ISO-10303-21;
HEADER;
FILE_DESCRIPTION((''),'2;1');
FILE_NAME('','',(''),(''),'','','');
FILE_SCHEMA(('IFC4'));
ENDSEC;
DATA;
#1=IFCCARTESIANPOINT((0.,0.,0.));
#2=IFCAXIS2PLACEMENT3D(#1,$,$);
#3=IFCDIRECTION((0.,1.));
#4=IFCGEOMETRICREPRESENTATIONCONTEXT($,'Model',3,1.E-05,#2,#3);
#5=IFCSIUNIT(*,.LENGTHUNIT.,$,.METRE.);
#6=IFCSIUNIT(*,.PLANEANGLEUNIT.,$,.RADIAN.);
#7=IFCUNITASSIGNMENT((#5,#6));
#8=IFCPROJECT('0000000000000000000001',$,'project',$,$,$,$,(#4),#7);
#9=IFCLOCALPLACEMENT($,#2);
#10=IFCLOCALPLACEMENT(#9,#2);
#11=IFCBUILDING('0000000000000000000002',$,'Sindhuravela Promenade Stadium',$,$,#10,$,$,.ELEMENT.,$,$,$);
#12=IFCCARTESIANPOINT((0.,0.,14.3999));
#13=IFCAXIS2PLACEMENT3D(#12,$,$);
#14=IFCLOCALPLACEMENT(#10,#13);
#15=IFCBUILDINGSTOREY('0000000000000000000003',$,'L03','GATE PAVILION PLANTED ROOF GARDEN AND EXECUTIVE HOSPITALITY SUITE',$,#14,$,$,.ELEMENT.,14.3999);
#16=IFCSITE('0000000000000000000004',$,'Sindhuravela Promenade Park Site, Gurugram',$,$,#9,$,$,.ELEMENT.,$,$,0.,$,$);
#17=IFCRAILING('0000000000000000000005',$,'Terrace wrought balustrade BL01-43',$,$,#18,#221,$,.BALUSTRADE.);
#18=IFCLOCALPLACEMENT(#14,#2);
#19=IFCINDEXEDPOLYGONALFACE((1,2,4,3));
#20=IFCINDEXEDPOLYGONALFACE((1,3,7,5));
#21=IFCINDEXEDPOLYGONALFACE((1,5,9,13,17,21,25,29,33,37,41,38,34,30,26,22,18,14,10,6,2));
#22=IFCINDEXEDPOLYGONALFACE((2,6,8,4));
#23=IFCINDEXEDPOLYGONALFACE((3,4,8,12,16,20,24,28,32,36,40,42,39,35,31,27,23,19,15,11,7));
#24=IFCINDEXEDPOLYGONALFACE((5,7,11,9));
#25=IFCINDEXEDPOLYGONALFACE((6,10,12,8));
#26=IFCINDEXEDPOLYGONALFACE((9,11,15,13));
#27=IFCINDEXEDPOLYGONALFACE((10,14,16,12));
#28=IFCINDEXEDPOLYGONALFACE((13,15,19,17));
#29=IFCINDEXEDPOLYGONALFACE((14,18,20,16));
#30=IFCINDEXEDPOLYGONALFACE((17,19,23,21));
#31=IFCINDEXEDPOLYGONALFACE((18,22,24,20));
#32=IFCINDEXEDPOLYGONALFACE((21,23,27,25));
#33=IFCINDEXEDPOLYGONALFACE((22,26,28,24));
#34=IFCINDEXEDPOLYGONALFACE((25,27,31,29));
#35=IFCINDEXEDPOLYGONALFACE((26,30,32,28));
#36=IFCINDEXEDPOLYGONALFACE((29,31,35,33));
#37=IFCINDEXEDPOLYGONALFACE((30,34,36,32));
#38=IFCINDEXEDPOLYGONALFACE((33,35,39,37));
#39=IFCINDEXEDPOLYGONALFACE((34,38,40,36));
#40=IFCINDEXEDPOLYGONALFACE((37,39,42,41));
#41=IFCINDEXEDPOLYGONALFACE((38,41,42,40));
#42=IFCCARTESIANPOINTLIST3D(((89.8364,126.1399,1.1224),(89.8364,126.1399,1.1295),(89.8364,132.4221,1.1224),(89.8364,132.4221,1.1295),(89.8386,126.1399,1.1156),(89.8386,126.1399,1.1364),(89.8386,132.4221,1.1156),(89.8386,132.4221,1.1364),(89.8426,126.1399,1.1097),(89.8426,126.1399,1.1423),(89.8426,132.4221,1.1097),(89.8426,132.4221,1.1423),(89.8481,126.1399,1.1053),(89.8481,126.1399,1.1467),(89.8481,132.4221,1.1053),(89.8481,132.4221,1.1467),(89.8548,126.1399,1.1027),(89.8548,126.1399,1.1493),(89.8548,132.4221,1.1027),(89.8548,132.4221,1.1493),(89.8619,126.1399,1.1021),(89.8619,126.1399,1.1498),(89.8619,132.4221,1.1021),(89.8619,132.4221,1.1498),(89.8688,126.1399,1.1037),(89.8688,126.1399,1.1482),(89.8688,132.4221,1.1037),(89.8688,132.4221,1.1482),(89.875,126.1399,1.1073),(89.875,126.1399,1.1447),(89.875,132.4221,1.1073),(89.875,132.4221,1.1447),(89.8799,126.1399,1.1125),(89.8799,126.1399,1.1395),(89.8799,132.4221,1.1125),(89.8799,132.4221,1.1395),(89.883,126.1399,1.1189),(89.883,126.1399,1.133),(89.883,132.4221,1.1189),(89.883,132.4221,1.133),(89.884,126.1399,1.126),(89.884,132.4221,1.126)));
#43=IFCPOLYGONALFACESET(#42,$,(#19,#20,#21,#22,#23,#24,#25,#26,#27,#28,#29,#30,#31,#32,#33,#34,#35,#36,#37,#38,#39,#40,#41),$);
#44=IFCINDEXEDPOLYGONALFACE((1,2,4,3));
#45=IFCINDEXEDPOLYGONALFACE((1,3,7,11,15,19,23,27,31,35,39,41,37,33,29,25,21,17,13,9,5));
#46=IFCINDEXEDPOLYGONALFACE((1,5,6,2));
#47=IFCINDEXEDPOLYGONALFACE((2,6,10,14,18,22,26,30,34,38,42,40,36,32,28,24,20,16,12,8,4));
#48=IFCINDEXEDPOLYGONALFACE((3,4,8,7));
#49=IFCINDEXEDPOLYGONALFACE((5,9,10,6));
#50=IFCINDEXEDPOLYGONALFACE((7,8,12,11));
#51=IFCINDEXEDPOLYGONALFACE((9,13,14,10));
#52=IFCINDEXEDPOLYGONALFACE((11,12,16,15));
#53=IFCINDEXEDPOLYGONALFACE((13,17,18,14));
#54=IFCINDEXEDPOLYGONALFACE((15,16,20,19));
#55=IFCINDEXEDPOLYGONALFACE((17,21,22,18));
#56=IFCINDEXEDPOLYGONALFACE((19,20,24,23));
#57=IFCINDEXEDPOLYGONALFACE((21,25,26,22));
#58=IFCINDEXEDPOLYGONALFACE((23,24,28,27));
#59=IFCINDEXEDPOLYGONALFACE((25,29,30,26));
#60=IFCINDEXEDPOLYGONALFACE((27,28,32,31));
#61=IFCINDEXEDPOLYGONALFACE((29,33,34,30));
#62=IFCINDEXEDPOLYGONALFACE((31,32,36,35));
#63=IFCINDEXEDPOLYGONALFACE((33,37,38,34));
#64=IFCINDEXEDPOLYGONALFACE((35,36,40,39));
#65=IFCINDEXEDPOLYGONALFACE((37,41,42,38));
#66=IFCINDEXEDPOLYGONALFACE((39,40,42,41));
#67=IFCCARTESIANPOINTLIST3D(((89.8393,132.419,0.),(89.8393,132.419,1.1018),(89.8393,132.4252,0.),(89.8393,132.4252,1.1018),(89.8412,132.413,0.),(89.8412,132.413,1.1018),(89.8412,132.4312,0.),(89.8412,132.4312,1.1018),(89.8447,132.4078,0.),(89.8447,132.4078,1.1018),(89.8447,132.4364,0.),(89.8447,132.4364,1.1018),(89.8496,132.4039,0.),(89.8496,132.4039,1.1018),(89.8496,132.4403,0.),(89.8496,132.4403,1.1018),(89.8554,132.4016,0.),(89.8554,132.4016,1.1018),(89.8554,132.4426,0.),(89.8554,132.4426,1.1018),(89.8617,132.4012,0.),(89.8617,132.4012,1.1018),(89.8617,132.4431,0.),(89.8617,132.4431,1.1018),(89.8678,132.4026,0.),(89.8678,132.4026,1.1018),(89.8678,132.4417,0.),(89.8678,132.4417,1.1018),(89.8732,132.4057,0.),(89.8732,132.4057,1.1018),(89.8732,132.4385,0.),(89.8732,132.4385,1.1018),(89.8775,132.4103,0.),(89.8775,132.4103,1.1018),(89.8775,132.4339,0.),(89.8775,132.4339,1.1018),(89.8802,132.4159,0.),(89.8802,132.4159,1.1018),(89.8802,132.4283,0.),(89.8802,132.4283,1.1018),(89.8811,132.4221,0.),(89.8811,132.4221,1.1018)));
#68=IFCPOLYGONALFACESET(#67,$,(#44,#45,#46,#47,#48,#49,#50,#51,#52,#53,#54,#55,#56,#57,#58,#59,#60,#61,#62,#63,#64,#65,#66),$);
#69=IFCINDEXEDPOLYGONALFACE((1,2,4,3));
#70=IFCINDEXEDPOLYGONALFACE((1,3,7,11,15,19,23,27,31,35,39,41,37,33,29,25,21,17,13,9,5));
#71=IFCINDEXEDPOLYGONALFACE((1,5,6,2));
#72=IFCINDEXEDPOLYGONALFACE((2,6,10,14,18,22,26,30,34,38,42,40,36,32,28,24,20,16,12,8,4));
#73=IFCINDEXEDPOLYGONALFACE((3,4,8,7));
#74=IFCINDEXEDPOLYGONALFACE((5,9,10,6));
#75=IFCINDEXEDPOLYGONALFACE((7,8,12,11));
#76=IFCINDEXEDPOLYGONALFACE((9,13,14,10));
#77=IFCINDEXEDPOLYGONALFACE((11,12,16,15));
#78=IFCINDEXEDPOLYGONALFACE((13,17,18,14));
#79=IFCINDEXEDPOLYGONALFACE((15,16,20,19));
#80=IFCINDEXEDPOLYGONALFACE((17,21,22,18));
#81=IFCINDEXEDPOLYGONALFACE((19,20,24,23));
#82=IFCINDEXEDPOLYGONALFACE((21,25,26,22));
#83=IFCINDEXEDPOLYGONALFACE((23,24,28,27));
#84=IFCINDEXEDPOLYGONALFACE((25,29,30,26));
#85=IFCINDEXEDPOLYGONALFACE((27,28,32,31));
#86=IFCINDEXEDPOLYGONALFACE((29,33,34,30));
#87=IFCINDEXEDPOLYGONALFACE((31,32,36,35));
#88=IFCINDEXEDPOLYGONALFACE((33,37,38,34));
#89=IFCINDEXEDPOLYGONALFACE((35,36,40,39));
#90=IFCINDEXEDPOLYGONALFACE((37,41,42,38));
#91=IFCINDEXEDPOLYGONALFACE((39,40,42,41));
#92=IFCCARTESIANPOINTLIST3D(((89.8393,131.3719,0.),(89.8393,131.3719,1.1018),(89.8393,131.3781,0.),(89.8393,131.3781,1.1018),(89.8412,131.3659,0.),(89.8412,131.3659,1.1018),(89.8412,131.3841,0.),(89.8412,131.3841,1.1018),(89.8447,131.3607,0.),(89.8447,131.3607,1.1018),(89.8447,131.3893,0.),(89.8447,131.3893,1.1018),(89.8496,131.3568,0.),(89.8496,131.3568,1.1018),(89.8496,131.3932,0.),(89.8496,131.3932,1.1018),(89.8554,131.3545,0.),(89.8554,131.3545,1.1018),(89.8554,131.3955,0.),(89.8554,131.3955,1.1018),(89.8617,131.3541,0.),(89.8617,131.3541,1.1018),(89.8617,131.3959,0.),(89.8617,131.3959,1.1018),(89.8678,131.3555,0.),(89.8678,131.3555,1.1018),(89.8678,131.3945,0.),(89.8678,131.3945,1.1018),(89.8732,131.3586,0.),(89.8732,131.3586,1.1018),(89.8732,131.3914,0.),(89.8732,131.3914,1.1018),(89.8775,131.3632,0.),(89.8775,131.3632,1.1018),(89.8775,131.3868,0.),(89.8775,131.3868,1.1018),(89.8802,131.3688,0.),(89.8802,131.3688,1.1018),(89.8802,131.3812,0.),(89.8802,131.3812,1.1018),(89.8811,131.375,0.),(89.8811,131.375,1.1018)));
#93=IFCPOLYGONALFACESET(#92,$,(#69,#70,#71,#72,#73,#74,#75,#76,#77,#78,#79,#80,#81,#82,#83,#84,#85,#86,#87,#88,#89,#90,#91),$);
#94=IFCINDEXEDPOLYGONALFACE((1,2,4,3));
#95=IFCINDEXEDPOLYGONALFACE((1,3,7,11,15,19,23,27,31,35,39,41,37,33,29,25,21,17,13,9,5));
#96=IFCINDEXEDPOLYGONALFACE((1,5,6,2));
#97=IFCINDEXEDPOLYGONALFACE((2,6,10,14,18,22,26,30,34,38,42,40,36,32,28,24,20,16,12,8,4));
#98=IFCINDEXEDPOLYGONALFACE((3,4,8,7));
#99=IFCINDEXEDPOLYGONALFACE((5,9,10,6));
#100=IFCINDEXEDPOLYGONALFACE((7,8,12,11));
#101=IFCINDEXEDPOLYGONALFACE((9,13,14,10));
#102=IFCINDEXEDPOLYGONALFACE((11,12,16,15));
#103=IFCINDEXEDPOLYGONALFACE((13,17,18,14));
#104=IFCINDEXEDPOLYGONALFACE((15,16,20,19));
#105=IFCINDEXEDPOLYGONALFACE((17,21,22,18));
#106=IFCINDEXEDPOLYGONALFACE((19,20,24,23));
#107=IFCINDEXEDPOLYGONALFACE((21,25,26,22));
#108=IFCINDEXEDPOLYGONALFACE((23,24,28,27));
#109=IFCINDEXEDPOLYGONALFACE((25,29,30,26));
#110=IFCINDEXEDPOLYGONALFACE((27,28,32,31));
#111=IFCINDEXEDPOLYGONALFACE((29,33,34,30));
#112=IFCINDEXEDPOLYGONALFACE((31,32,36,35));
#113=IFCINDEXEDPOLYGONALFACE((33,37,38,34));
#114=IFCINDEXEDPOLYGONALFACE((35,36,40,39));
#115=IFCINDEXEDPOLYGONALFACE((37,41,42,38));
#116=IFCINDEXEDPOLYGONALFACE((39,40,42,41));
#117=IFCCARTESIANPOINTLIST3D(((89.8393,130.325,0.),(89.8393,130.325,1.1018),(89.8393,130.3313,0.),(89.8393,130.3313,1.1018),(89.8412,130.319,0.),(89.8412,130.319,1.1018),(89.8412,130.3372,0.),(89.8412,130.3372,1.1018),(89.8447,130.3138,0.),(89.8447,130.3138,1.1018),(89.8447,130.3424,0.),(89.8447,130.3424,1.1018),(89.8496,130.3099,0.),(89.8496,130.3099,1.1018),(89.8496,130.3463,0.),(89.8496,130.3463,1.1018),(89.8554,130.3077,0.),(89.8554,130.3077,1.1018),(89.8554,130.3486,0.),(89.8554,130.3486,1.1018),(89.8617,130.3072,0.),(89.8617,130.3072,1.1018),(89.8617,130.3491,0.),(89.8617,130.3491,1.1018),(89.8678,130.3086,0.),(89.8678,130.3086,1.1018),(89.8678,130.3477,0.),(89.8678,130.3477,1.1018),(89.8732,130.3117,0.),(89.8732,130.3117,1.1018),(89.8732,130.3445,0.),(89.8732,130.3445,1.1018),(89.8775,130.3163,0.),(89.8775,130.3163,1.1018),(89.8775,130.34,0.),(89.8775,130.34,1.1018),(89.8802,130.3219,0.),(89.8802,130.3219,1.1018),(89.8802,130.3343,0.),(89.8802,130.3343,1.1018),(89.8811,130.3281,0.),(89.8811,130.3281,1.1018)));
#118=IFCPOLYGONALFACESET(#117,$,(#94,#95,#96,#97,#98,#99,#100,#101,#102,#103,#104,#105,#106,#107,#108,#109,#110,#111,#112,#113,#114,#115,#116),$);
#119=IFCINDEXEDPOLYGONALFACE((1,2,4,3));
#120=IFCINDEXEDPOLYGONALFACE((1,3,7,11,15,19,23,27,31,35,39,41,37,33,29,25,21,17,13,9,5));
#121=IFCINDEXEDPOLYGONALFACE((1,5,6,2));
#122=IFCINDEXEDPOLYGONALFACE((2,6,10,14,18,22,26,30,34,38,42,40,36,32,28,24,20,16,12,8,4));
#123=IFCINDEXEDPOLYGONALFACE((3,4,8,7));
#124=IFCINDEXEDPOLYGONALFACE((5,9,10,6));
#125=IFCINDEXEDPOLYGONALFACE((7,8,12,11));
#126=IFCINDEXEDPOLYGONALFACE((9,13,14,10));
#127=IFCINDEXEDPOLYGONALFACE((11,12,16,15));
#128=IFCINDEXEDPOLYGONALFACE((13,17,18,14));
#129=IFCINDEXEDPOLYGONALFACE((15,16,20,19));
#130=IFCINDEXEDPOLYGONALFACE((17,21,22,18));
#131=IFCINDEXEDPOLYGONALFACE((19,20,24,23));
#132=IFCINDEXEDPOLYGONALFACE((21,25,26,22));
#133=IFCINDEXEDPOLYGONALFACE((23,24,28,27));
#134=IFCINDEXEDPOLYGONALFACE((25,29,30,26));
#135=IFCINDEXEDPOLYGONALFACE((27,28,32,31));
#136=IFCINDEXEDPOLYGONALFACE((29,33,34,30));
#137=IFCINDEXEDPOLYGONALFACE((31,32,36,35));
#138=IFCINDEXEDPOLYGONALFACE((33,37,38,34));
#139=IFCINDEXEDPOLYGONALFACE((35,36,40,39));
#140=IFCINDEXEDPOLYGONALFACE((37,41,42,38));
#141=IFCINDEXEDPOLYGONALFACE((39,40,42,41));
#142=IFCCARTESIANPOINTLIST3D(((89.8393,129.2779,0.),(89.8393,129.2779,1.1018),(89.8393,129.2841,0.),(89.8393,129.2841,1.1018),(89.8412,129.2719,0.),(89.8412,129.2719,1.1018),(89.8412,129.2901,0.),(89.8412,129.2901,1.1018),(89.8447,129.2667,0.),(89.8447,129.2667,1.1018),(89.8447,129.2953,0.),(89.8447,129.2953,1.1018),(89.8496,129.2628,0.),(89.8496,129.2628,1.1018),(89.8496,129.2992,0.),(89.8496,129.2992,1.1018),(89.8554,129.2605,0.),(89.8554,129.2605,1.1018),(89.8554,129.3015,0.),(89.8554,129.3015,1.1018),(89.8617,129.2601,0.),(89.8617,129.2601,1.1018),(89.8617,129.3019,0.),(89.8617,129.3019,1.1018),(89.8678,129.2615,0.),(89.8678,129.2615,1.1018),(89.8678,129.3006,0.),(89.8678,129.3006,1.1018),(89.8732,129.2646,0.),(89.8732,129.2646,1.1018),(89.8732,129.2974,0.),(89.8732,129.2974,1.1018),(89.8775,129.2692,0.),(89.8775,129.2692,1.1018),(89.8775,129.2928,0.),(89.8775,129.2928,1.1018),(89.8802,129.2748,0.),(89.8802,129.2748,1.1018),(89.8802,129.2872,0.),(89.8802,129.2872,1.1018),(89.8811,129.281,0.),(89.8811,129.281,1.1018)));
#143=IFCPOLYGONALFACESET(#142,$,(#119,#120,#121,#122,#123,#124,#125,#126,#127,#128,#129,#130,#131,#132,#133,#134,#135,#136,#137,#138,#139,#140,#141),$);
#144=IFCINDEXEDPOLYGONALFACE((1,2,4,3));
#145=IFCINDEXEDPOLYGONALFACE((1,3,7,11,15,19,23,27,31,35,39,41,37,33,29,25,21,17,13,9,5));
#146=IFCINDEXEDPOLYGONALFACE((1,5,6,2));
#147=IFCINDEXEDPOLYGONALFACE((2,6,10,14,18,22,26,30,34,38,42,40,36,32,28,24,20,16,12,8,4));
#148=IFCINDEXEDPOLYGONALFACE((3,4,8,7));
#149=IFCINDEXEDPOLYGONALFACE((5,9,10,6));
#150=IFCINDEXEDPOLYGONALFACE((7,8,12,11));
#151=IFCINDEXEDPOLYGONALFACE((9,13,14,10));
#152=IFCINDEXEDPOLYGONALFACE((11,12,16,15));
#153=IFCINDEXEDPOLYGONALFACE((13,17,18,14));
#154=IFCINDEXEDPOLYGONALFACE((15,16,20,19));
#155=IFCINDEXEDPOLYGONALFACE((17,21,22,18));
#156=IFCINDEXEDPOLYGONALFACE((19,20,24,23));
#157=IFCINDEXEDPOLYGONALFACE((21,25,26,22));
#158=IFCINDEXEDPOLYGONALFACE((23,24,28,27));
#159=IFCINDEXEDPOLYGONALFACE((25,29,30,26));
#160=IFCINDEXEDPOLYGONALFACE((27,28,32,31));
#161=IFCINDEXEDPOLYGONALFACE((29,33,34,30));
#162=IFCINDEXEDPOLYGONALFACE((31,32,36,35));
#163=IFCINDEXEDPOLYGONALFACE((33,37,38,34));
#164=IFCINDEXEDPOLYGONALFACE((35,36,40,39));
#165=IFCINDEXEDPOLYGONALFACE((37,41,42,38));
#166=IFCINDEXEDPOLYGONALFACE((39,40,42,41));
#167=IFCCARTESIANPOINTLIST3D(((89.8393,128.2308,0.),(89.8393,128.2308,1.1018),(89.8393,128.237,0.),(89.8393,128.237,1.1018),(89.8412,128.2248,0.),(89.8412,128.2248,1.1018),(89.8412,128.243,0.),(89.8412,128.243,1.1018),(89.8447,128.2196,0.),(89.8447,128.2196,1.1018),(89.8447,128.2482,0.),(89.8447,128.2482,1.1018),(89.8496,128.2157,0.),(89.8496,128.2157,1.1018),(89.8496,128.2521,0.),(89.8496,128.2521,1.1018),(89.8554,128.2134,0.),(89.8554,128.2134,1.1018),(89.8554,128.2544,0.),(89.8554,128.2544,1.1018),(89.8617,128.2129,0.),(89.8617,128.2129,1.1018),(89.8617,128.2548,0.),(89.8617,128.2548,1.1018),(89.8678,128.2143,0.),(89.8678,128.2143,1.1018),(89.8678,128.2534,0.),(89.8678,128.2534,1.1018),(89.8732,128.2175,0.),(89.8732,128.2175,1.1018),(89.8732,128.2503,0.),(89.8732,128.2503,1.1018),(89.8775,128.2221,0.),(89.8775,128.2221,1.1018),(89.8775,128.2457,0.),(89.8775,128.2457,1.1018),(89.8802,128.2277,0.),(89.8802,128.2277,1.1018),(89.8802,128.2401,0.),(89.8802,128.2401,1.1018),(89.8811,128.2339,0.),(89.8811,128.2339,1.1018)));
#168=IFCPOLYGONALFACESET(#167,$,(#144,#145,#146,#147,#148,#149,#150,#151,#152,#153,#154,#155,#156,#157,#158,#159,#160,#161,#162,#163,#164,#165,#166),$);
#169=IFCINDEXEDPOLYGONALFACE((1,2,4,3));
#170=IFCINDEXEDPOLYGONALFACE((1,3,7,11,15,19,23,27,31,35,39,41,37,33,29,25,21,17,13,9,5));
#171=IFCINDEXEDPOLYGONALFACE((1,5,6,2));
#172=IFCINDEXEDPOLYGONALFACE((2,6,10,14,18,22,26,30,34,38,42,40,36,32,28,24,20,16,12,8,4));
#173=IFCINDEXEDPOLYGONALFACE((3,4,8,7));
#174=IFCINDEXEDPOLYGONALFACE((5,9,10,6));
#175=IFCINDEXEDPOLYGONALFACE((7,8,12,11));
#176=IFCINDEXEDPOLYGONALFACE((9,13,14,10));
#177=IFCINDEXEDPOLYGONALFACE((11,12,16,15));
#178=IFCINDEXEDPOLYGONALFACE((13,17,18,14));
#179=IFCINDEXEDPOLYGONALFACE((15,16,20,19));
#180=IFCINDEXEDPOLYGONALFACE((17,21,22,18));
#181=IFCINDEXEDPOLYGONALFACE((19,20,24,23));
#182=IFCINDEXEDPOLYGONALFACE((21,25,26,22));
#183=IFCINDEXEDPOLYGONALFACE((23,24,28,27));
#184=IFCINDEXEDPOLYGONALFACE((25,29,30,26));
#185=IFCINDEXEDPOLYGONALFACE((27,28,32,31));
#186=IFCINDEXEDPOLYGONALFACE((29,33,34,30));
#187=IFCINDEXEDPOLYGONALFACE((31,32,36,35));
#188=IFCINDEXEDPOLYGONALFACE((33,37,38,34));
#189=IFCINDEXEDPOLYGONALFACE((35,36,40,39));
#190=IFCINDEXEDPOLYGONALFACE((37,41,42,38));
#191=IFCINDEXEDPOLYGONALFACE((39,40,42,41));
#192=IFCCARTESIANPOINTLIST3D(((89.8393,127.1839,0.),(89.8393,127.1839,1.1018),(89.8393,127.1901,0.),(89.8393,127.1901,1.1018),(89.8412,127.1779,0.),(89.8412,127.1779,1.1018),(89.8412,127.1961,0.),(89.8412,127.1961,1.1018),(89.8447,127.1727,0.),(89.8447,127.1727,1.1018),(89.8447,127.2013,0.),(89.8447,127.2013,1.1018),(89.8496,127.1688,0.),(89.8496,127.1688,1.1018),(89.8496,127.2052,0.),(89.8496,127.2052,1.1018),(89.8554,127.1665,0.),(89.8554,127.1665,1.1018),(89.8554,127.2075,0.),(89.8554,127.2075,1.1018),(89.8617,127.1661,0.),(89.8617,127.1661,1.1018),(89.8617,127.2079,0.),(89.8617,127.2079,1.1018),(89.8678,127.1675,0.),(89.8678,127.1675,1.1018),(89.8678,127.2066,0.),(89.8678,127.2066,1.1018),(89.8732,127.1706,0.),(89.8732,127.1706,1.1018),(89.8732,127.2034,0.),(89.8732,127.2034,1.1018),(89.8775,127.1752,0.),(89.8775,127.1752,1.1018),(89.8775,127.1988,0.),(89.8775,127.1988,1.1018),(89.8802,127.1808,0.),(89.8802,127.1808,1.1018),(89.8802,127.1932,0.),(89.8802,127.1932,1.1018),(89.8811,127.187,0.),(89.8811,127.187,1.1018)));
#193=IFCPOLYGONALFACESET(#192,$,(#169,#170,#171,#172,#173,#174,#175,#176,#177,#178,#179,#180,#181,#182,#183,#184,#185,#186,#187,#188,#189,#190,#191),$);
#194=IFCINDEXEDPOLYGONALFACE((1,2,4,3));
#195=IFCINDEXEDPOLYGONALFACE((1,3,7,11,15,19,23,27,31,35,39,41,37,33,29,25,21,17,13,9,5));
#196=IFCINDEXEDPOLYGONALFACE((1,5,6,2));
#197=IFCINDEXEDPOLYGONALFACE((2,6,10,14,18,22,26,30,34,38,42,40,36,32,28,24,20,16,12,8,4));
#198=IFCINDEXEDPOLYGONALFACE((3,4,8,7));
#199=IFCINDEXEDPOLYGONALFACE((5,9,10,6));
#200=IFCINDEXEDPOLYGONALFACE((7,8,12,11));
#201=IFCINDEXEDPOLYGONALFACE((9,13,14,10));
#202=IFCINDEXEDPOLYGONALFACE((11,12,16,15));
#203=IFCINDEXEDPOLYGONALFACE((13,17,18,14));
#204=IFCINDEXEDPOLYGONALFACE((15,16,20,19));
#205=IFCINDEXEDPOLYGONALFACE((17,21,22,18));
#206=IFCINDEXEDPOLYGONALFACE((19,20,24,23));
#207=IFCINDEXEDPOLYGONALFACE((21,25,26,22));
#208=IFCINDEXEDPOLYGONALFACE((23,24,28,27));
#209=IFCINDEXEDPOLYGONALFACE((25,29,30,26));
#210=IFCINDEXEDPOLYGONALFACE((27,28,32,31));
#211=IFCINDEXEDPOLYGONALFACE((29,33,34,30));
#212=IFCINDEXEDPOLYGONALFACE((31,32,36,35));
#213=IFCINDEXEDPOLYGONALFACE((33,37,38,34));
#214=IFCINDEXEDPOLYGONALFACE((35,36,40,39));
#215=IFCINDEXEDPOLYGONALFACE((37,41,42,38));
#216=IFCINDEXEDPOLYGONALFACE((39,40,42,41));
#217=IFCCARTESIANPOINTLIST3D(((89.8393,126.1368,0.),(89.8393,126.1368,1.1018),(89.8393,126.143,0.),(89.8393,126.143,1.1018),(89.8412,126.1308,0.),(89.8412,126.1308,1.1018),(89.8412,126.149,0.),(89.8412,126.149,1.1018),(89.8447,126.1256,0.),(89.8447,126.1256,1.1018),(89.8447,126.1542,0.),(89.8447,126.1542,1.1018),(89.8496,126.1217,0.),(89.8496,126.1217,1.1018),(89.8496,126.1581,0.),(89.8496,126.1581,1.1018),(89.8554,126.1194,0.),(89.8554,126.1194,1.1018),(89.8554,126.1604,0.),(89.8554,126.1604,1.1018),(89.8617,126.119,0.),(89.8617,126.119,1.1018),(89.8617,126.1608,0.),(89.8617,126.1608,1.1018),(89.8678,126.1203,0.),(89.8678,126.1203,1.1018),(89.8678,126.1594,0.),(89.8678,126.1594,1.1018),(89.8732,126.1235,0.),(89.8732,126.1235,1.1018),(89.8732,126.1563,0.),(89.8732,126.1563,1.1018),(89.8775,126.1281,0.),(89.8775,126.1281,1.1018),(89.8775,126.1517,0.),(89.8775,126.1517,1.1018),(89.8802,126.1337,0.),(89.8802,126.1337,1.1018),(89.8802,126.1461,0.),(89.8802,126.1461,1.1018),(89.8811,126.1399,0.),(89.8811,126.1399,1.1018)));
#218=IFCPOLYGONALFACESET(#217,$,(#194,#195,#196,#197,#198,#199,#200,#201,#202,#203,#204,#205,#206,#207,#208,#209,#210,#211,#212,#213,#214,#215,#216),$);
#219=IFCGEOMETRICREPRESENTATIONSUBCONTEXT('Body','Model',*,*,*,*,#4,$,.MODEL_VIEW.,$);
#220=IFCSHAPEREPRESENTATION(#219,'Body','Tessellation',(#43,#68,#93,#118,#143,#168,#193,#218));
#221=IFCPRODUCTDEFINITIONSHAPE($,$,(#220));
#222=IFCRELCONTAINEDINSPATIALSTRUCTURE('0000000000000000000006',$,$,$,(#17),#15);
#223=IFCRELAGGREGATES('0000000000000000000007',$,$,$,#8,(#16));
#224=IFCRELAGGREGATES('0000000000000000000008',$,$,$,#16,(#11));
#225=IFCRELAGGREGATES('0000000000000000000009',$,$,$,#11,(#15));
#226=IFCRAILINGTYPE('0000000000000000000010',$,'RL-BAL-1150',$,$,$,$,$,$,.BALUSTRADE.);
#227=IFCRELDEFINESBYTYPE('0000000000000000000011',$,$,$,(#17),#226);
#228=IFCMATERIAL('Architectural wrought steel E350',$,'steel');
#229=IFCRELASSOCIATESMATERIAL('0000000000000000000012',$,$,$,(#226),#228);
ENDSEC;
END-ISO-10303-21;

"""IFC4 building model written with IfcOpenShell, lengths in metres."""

from ifc_helpers import new_model, si_unit, direction, frame, origin, origin_2d, place, context, subcontext, project, spatial, circle, extrude, material, type_object, element, save


model = new_model("IFC4")

# Units and contexts
model_context = context("Model", 3, precision=1e-05, world=origin(), true_north=direction((0.0, 1.0)))
body_context = subcontext(model_context, "Body", "Model", "MODEL_VIEW")
ifc_project = project(units=[si_unit("LENGTHUNIT", "METRE"), si_unit("PLANEANGLEUNIT", "RADIAN")], contexts=[model_context])

# Site, building, storey
site_placement = place(None, origin())
site = spatial("IfcSite", under=ifc_project, at=site_placement, Name="Sindhuravela Promenade Park Site, Gurugram", CompositionType="ELEMENT", RefElevation=0.0)
building_placement = place(site_placement, origin())
building = spatial("IfcBuilding", under=site, at=building_placement, Name="Sindhuravela Promenade Stadium", CompositionType="ELEMENT")
storey_placement = place(building_placement, frame((0.0, 0.0, 14.3999)))
storey = spatial("IfcBuildingStorey", under=building, at=storey_placement, Name="L03", Description="GATE PAVILION PLANTED ROOF GARDEN AND EXECUTIVE HOSPITALITY SUITE", CompositionType="ELEMENT", Elevation=14.3999)

# Railing
ifc_material_1 = material(Name="Architectural wrought steel E350", Category="steel")
railing_type = type_object("IfcRailingType", Name="RL-BAL-1150", PredefinedType="BALUSTRADE", material=ifc_material_1)
railing_1_placement = place(storey_placement, frame((89.8601, 132.4221, 0.0)))
element("IfcRailing", 1, at=railing_1_placement, inside=storey, type_object=railing_type, Name="Terrace wrought balustrade BL01-43", PredefinedType="BALUSTRADE", context=body_context, shape_type="SweptSolid", body=[
    extrude(circle(Radius=0.0239, at=origin_2d()), frame((0.0, 0.0, 1.126), z_axis=(0.0, -1.0, 0.0), x_axis=(1.0, 0.0, 0.0)), (0.0, 0.0, 1.0), 6.2822),
    extrude(circle(Radius=0.021, at=origin_2d()), origin(), (0.0, 0.0, 1.0), 1.1018),
    extrude(circle(Radius=0.021, at=origin_2d()), frame((0.0, -1.0471, 0.0)), (0.0, 0.0, 1.0), 1.1018),
    extrude(circle(Radius=0.021, at=origin_2d()), frame((0.0, -2.094, 0.0)), (0.0, 0.0, 1.0), 1.1018),
    extrude(circle(Radius=0.021, at=origin_2d()), frame((0.0, -3.1411, 0.0)), (0.0, 0.0, 1.0), 1.1018),
    extrude(circle(Radius=0.021, at=origin_2d()), frame((0.0, -4.1882, 0.0)), (0.0, 0.0, 1.0), 1.1018),
    extrude(circle(Radius=0.021, at=origin_2d()), frame((0.0, -5.2351, 0.0)), (0.0, 0.0, 1.0), 1.1018),
    extrude(circle(Radius=0.021, at=origin_2d()), frame((0.0, -6.2822, 0.0)), (0.0, 0.0, 1.0), 1.1018),
])

save(model, "model.ifc")
